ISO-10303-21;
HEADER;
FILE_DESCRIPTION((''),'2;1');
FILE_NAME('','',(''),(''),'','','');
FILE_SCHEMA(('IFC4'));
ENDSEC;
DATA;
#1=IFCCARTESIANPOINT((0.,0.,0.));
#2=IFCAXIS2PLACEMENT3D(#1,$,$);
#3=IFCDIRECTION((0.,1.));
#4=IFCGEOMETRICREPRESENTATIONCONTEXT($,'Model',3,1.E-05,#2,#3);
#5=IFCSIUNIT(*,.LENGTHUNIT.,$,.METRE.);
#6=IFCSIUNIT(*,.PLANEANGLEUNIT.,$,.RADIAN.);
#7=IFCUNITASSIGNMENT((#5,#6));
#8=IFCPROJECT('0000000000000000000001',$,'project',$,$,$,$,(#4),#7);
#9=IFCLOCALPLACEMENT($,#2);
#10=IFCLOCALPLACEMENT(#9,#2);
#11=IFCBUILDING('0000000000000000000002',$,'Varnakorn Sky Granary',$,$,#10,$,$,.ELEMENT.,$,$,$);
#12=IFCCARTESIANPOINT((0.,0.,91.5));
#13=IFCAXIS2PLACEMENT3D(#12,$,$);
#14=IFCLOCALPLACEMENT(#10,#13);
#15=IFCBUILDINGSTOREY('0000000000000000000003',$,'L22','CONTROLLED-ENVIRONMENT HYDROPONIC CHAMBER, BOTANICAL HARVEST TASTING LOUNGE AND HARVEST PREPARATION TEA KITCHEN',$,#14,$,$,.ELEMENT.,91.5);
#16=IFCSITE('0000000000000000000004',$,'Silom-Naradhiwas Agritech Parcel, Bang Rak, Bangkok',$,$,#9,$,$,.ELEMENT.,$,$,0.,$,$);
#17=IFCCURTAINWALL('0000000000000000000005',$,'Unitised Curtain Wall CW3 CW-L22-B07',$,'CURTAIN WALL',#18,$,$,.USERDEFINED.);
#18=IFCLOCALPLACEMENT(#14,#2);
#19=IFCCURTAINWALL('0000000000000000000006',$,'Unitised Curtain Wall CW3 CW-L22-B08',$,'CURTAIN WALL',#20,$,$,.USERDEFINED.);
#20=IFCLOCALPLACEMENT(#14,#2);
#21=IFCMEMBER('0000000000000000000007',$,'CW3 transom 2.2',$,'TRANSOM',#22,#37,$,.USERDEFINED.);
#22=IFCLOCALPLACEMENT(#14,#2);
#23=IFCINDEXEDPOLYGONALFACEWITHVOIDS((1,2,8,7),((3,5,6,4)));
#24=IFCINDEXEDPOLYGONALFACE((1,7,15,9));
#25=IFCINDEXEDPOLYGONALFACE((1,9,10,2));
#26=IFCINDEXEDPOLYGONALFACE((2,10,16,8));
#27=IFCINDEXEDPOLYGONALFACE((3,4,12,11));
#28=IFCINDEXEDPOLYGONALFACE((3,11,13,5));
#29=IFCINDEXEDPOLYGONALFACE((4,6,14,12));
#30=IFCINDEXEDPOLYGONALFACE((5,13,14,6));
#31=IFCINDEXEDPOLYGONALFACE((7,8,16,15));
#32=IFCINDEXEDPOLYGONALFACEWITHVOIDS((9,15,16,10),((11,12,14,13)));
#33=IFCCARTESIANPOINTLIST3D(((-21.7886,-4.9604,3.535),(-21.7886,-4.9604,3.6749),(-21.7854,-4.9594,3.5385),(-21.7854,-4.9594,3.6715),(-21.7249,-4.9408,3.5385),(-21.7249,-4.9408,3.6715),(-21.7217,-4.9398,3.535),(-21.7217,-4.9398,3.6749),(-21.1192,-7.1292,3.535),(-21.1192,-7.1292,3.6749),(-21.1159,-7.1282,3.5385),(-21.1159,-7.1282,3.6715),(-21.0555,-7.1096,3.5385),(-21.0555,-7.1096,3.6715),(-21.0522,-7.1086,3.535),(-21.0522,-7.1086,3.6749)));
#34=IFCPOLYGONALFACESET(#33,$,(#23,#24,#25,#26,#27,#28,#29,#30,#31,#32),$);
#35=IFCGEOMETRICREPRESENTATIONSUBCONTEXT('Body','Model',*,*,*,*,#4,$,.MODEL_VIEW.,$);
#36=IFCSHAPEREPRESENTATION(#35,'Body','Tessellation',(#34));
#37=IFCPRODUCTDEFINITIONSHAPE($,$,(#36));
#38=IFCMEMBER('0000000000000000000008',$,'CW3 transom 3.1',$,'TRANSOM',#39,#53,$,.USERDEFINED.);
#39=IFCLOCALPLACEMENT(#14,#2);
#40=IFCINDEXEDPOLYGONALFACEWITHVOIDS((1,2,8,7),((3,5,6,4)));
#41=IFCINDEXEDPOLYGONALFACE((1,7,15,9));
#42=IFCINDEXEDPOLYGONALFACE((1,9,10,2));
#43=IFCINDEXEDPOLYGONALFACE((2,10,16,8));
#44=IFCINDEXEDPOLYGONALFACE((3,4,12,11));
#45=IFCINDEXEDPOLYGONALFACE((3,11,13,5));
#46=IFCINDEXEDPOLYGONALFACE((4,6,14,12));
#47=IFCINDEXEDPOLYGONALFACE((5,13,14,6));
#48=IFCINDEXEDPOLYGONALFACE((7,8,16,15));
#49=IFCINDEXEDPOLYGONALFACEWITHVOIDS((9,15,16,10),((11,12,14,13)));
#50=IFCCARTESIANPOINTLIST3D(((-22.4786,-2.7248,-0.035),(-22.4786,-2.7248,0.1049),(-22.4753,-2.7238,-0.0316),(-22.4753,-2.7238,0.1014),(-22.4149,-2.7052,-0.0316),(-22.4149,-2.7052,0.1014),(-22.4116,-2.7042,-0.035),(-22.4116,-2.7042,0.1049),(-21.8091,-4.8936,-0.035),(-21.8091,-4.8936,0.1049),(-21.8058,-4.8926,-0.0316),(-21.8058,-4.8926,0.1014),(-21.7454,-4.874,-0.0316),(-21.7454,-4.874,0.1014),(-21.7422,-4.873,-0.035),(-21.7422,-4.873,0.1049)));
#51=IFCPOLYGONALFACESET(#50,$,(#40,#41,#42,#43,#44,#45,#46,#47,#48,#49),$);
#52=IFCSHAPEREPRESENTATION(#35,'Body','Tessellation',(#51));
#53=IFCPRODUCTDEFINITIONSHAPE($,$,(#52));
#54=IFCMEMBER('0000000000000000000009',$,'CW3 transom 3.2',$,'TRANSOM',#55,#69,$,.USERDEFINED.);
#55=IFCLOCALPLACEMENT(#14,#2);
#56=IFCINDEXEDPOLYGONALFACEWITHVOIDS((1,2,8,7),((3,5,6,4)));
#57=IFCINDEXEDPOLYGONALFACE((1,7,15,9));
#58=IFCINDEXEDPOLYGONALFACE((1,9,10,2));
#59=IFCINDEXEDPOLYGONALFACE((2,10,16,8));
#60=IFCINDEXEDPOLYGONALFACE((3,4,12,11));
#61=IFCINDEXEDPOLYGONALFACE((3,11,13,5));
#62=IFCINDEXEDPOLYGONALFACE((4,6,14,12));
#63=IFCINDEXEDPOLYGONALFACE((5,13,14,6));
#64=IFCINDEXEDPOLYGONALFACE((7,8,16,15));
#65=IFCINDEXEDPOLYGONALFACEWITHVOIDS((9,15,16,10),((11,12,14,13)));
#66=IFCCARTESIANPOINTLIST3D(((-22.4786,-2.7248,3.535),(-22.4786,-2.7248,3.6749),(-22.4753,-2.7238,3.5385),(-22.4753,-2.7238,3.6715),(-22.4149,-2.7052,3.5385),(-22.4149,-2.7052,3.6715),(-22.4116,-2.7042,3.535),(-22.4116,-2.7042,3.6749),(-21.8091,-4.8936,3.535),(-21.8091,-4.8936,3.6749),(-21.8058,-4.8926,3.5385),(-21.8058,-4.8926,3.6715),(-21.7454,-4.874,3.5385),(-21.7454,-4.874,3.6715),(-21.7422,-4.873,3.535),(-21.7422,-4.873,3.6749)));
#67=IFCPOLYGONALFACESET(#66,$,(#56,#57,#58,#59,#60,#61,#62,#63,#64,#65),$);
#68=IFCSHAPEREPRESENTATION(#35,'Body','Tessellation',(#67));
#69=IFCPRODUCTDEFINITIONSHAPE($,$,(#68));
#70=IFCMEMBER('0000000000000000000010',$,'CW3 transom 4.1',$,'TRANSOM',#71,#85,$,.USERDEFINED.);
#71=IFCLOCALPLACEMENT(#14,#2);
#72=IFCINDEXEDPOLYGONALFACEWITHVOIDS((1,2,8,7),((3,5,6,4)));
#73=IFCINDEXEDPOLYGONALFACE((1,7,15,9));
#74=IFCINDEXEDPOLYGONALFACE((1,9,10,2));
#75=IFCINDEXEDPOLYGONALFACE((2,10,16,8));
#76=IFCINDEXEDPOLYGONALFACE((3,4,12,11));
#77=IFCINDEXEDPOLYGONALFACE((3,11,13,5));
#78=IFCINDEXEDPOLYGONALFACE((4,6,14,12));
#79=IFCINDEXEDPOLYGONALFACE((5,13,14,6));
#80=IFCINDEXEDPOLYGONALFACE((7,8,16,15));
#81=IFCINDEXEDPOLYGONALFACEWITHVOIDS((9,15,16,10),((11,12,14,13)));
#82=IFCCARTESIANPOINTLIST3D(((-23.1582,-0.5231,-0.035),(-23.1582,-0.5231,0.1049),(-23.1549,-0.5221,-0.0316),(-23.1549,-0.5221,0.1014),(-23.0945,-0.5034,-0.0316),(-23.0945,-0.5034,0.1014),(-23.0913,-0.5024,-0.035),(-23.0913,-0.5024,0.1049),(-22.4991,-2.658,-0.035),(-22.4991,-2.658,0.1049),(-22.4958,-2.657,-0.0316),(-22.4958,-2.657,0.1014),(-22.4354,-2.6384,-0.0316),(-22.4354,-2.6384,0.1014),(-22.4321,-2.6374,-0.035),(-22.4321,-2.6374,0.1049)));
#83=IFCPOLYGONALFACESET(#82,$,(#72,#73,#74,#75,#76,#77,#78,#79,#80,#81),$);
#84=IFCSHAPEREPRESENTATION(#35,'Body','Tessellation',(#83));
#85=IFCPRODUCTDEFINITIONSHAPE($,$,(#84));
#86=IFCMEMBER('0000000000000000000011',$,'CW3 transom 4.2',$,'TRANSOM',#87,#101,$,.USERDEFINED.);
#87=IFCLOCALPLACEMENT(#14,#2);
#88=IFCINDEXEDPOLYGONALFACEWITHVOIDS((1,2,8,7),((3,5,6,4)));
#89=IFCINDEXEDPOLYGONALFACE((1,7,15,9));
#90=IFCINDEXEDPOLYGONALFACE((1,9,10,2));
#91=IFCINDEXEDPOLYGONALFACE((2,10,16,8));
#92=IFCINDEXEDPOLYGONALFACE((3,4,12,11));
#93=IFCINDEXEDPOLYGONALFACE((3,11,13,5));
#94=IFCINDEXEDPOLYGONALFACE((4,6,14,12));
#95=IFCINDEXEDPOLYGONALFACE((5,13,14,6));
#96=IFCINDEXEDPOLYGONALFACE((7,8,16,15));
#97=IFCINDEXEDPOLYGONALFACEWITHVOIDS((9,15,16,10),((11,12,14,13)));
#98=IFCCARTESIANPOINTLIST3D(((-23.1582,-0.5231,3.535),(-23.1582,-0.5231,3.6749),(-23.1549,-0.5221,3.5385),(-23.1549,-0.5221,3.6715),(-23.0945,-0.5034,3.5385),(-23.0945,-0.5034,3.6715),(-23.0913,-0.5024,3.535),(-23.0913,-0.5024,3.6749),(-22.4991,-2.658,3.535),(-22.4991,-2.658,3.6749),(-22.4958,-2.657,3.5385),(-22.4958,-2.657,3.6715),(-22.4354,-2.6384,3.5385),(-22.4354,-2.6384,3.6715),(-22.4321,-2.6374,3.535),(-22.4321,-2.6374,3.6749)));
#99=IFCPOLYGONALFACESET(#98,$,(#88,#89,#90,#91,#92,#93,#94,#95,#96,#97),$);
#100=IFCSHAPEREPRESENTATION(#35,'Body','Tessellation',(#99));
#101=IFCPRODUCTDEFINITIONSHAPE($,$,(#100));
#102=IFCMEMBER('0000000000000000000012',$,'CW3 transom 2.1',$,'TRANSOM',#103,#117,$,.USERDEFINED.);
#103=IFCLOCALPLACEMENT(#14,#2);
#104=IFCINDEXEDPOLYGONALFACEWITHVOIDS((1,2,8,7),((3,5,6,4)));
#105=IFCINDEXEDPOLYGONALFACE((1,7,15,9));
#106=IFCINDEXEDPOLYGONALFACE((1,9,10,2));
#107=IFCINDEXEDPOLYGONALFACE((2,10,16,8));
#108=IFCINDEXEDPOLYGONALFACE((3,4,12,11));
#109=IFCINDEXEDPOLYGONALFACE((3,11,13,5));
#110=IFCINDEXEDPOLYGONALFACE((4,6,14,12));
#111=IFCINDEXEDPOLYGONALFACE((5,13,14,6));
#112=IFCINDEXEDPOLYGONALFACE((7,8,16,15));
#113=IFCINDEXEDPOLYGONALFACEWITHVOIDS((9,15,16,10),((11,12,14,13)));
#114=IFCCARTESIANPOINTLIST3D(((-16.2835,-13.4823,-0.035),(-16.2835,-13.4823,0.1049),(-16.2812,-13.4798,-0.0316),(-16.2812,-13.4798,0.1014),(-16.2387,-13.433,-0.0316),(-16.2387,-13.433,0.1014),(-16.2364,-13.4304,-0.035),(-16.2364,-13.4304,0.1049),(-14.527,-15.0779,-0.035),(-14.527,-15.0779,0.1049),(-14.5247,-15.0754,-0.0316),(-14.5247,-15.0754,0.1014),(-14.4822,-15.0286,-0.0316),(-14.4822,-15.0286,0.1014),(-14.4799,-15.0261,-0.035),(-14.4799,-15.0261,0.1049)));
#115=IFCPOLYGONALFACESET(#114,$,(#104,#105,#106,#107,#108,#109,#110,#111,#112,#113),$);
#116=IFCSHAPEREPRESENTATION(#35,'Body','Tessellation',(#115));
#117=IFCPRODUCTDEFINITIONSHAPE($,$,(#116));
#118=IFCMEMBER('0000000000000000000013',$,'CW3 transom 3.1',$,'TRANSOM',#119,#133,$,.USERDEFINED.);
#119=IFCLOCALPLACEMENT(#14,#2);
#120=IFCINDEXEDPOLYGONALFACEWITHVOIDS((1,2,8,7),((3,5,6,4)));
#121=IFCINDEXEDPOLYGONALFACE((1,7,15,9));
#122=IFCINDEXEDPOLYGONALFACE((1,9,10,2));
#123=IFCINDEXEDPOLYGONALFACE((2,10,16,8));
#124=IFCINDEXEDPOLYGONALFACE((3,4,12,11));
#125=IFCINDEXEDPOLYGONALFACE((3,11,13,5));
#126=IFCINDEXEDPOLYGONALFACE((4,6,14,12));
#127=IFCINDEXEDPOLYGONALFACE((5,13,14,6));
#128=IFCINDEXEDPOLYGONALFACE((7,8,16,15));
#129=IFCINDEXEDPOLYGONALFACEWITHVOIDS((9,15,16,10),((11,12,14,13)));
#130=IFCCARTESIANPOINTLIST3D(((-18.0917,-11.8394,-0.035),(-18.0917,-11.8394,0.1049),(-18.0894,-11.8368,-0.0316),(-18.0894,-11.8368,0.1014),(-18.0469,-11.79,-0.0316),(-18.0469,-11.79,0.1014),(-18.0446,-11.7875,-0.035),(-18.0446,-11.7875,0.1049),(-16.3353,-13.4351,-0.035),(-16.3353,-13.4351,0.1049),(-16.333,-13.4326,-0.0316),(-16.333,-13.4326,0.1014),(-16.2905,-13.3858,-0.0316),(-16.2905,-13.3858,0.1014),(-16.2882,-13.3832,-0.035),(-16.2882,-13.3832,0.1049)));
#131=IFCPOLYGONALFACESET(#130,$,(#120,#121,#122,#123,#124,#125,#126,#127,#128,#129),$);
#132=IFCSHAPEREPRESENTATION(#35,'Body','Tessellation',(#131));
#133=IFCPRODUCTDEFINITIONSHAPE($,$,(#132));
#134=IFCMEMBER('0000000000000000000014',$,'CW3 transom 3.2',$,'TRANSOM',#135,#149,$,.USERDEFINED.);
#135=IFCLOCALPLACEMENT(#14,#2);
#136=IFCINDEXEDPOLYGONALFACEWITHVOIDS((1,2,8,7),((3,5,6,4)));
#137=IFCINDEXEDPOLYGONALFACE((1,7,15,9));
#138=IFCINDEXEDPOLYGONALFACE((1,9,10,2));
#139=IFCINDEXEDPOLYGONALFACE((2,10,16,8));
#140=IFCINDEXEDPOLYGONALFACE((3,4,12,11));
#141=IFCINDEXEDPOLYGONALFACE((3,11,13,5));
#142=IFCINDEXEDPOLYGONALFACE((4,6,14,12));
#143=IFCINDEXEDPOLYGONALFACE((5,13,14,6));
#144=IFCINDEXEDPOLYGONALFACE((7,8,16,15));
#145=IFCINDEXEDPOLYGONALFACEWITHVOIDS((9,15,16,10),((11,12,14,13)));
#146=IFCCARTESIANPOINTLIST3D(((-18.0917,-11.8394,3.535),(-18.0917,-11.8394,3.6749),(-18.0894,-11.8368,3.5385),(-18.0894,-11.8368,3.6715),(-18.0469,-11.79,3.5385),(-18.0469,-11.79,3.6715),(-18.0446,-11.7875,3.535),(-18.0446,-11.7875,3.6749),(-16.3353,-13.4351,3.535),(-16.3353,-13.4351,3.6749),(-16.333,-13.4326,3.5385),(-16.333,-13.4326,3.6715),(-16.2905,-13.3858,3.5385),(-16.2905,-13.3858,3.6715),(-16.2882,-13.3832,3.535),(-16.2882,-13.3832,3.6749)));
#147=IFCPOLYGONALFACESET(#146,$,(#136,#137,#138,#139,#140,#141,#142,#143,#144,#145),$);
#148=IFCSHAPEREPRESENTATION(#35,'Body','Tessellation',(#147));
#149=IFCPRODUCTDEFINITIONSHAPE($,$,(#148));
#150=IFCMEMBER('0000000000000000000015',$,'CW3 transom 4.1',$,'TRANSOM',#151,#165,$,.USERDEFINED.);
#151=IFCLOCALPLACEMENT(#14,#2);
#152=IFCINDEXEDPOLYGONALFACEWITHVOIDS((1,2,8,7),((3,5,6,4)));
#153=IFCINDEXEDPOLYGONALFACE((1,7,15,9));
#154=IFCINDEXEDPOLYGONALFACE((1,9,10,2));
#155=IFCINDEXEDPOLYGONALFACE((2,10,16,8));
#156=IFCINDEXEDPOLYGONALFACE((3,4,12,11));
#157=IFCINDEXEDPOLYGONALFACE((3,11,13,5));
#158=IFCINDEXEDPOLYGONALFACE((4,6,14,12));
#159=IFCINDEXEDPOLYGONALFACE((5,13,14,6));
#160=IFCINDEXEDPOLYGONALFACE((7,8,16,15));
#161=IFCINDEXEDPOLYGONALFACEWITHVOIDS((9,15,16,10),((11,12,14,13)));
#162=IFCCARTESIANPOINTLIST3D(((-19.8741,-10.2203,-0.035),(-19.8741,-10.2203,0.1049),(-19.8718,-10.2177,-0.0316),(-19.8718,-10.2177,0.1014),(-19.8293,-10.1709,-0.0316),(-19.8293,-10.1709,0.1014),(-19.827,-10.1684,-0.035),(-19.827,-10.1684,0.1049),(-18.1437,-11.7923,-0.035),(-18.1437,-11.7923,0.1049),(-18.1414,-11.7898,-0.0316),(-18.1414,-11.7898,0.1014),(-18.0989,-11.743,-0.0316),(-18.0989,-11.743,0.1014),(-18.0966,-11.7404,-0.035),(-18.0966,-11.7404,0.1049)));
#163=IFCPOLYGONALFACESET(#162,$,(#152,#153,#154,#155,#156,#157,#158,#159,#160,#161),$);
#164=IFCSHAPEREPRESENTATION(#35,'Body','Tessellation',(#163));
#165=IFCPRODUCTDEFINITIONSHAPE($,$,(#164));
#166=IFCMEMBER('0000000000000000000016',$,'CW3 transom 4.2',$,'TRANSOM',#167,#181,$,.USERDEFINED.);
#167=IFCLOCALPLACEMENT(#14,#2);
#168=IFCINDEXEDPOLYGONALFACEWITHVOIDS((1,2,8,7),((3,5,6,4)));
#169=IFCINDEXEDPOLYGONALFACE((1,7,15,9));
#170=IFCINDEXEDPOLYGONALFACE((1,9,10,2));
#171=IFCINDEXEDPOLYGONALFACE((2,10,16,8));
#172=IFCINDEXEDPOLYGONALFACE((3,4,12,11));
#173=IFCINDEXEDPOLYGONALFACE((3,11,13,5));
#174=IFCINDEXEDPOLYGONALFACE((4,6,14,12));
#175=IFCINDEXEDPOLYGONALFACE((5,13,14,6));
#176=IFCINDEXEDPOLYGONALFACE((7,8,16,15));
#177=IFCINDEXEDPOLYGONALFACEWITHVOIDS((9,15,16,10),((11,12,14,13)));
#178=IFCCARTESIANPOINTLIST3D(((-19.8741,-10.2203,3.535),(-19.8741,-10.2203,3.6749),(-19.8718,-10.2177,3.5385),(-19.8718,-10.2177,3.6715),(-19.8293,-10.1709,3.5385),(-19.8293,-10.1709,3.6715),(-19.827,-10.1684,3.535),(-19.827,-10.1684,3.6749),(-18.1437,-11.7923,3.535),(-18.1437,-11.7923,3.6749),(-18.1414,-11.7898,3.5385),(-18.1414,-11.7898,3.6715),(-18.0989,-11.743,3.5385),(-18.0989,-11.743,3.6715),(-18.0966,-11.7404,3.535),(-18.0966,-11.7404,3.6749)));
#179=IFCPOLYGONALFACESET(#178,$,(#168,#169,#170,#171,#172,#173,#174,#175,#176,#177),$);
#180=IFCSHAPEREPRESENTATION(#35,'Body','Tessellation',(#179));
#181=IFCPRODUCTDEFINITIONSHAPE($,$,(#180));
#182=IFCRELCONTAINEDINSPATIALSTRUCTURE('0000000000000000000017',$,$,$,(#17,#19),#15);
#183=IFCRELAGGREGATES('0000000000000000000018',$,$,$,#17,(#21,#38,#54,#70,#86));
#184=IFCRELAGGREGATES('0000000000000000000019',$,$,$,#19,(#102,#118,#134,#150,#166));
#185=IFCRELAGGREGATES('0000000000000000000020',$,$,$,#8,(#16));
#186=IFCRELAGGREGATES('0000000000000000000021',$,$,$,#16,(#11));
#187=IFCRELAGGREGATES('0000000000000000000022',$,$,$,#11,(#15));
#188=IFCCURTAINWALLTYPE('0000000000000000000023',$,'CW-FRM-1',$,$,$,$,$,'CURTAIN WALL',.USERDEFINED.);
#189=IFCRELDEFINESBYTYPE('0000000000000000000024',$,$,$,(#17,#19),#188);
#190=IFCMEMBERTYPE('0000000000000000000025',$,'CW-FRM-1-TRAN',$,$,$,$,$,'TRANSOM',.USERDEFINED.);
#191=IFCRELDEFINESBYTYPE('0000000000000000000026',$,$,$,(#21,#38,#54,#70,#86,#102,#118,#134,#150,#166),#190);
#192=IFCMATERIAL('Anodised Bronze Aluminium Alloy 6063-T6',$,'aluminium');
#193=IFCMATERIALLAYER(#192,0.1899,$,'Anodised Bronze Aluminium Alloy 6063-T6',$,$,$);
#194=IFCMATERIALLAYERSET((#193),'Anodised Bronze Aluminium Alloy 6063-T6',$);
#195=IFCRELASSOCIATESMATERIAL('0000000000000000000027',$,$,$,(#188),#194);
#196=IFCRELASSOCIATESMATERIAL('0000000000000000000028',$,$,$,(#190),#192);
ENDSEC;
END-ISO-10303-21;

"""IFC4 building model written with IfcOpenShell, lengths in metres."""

from ifc_helpers import new_model, si_unit, direction, frame, origin, origin_2d, place, context, subcontext, project, spatial, hollow_rectangle, extrude, material, layer, layer_set, material_profile, profile_set, type_object, element, aggregate, save


model = new_model("IFC4")

# Units and contexts
model_context = context("Model", 3, precision=1e-05, world=origin(), true_north=direction((0.0, 1.0)))
body_context = subcontext(model_context, "Body", "Model", "MODEL_VIEW")
ifc_project = project(units=[si_unit("LENGTHUNIT", "METRE"), si_unit("PLANEANGLEUNIT", "RADIAN")], contexts=[model_context])

# Site, building, storey
site_placement = place(None, origin())
site = spatial("IfcSite", under=ifc_project, at=site_placement, Name="Silom-Naradhiwas Agritech Parcel, Bang Rak, Bangkok", CompositionType="ELEMENT", RefElevation=0.0)
building_placement = place(site_placement, origin())
building = spatial("IfcBuilding", under=site, at=building_placement, Name="Varnakorn Sky Granary", CompositionType="ELEMENT")
storey_placement = place(building_placement, frame((0.0, 0.0, 91.5)))
storey = spatial("IfcBuildingStorey", under=building, at=storey_placement, Name="L22", Description="CONTROLLED-ENVIRONMENT HYDROPONIC CHAMBER, BOTANICAL HARVEST TASTING LOUNGE AND HARVEST PREPARATION TEA KITCHEN", CompositionType="ELEMENT", Elevation=91.5)

# Curtain walls
ifc_material_1 = material(Name="Anodised Bronze Aluminium Alloy 6063-T6", Category="aluminium")
ifc_layer_1 = layer(ifc_material_1, 0.1899, Name="Anodised Bronze Aluminium Alloy 6063-T6")
ifc_layer_set_1 = layer_set([ifc_layer_1], Name="Anodised Bronze Aluminium Alloy 6063-T6")
curtain_wall_type = type_object("IfcCurtainWallType", Name="CW-FRM-1", ElementType="CURTAIN WALL", PredefinedType="USERDEFINED", material=ifc_layer_set_1)
curtain_wall_1_placement = place(storey_placement, origin())
curtain_wall_1 = element("IfcCurtainWall", 1, at=curtain_wall_1_placement, inside=storey, type_object=curtain_wall_type, Name="Unitised Curtain Wall CW3 CW-L22-B07", ObjectType="CURTAIN WALL", PredefinedType="USERDEFINED")
curtain_wall_2_placement = place(storey_placement, origin())
curtain_wall_2 = element("IfcCurtainWall", 2, at=curtain_wall_2_placement, inside=storey, type_object=curtain_wall_type, Name="Unitised Curtain Wall CW3 CW-L22-B08", ObjectType="CURTAIN WALL", PredefinedType="USERDEFINED")

# Members
ifc_material_profile_1 = material_profile(ifc_material_1, hollow_rectangle(XDim=0.0701, YDim=0.1399, WallThickness=0.0034, at=origin_2d()), Name="ALU TRAN 70x140")
ifc_profile_set_1 = profile_set([ifc_material_profile_1], Name="Anodised Bronze Aluminium Alloy 6063-T6")
member_type_1 = type_object("IfcMemberType", Name="CW-FRM-1-TRAN", ElementType="TRANSOM", PredefinedType="USERDEFINED", material=ifc_profile_set_1)
member_1_placement = place(storey_placement, frame((-21.0857, -7.1189, 3.605), z_axis=(-0.294947, 0.955513, 0.0), x_axis=(-0.955513, -0.294947, 0.0)))
member_1 = element("IfcMember", 3, at=member_1_placement, type_object=member_type_1, Name="CW3 transom 2.2", ObjectType="TRANSOM", PredefinedType="USERDEFINED", context=body_context, shape_type="SweptSolid", body=[
    extrude(hollow_rectangle(XDim=0.0701, YDim=0.1399, WallThickness=0.0034, at=origin_2d()), origin(), (0.0, 0.0, 1.0), 2.2698),
])
member_2_placement = place(storey_placement, frame((-21.7756, -4.8833, 0.0349), z_axis=(-0.294947, 0.955513, 0.0), x_axis=(-0.955513, -0.294947, 0.0)))
member_2 = element("IfcMember", 4, at=member_2_placement, type_object=member_type_1, Name="CW3 transom 3.1", ObjectType="TRANSOM", PredefinedType="USERDEFINED", context=body_context, shape_type="SweptSolid", body=[
    extrude(hollow_rectangle(XDim=0.0701, YDim=0.1399, WallThickness=0.0034, at=origin_2d()), origin(), (0.0, 0.0, 1.0), 2.2698),
])
member_3_placement = place(storey_placement, frame((-21.7756, -4.8833, 3.605), z_axis=(-0.294947, 0.955513, 0.0), x_axis=(-0.955513, -0.294947, 0.0)))
member_3 = element("IfcMember", 5, at=member_3_placement, type_object=member_type_1, Name="CW3 transom 3.2", ObjectType="TRANSOM", PredefinedType="USERDEFINED", context=body_context, shape_type="SweptSolid", body=[
    extrude(hollow_rectangle(XDim=0.0701, YDim=0.1399, WallThickness=0.0034, at=origin_2d()), origin(), (0.0, 0.0, 1.0), 2.2698),
])
member_4_placement = place(storey_placement, frame((-22.4656, -2.6477, 0.0349), z_axis=(-0.295007, 0.955495, 0.0), x_axis=(-0.955495, -0.295007, 0.0)))
member_4 = element("IfcMember", 6, at=member_4_placement, type_object=member_type_1, Name="CW3 transom 4.1", ObjectType="TRANSOM", PredefinedType="USERDEFINED", context=body_context, shape_type="SweptSolid", body=[
    extrude(hollow_rectangle(XDim=0.0701, YDim=0.1399, WallThickness=0.0034, at=origin_2d()), origin(), (0.0, 0.0, 1.0), 2.2344),
])
member_5_placement = place(storey_placement, frame((-22.4656, -2.6477, 3.605), z_axis=(-0.295007, 0.955495, 0.0), x_axis=(-0.955495, -0.295007, 0.0)))
member_5 = element("IfcMember", 7, at=member_5_placement, type_object=member_type_1, Name="CW3 transom 4.2", ObjectType="TRANSOM", PredefinedType="USERDEFINED", context=body_context, shape_type="SweptSolid", body=[
    extrude(hollow_rectangle(XDim=0.0701, YDim=0.1399, WallThickness=0.0034, at=origin_2d()), origin(), (0.0, 0.0, 1.0), 2.2344),
])
member_6_placement = place(storey_placement, frame((-14.5034, -15.052, 0.0349), z_axis=(-0.740191, 0.672396, 0.0), x_axis=(-0.672396, -0.740191, 0.0)))
member_6 = element("IfcMember", 8, at=member_6_placement, type_object=member_type_1, Name="CW3 transom 2.1", ObjectType="TRANSOM", PredefinedType="USERDEFINED", context=body_context, shape_type="SweptSolid", body=[
    extrude(hollow_rectangle(XDim=0.0701, YDim=0.1399, WallThickness=0.0034, at=origin_2d()), origin(), (0.0, 0.0, 1.0), 2.373),
])
member_7_placement = place(storey_placement, frame((-16.3118, -13.4092, 0.0349), z_axis=(-0.740145, 0.672447, 0.0), x_axis=(-0.672447, -0.740145, 0.0)))
member_7 = element("IfcMember", 9, at=member_7_placement, type_object=member_type_1, Name="CW3 transom 3.1", ObjectType="TRANSOM", PredefinedType="USERDEFINED", context=body_context, shape_type="SweptSolid", body=[
    extrude(hollow_rectangle(XDim=0.0701, YDim=0.1399, WallThickness=0.0034, at=origin_2d()), origin(), (0.0, 0.0, 1.0), 2.373),
])
member_8_placement = place(storey_placement, frame((-16.3118, -13.4092, 3.605), z_axis=(-0.740145, 0.672447, 0.0), x_axis=(-0.672447, -0.740145, 0.0)))
member_8 = element("IfcMember", 10, at=member_8_placement, type_object=member_type_1, Name="CW3 transom 3.2", ObjectType="TRANSOM", PredefinedType="USERDEFINED", context=body_context, shape_type="SweptSolid", body=[
    extrude(hollow_rectangle(XDim=0.0701, YDim=0.1399, WallThickness=0.0034, at=origin_2d()), origin(), (0.0, 0.0, 1.0), 2.373),
])
member_9_placement = place(storey_placement, frame((-18.1201, -11.7664, 0.0349), z_axis=(-0.740181, 0.672408, 0.0), x_axis=(-0.672408, -0.740181, 0.0)))
member_9 = element("IfcMember", 11, at=member_9_placement, type_object=member_type_1, Name="CW3 transom 4.1", ObjectType="TRANSOM", PredefinedType="USERDEFINED", context=body_context, shape_type="SweptSolid", body=[
    extrude(hollow_rectangle(XDim=0.0701, YDim=0.1399, WallThickness=0.0034, at=origin_2d()), origin(), (0.0, 0.0, 1.0), 2.3379),
])
member_10_placement = place(storey_placement, frame((-18.1201, -11.7664, 3.605), z_axis=(-0.740181, 0.672408, 0.0), x_axis=(-0.672408, -0.740181, 0.0)))
member_10 = element("IfcMember", 12, at=member_10_placement, type_object=member_type_1, Name="CW3 transom 4.2", ObjectType="TRANSOM", PredefinedType="USERDEFINED", context=body_context, shape_type="SweptSolid", body=[
    extrude(hollow_rectangle(XDim=0.0701, YDim=0.1399, WallThickness=0.0034, at=origin_2d()), origin(), (0.0, 0.0, 1.0), 2.3379),
])

aggregate(curtain_wall_1, [member_1, member_2, member_3, member_4, member_5])
aggregate(curtain_wall_2, [member_6, member_7, member_8, member_9, member_10])

save(model, "model.ifc")
